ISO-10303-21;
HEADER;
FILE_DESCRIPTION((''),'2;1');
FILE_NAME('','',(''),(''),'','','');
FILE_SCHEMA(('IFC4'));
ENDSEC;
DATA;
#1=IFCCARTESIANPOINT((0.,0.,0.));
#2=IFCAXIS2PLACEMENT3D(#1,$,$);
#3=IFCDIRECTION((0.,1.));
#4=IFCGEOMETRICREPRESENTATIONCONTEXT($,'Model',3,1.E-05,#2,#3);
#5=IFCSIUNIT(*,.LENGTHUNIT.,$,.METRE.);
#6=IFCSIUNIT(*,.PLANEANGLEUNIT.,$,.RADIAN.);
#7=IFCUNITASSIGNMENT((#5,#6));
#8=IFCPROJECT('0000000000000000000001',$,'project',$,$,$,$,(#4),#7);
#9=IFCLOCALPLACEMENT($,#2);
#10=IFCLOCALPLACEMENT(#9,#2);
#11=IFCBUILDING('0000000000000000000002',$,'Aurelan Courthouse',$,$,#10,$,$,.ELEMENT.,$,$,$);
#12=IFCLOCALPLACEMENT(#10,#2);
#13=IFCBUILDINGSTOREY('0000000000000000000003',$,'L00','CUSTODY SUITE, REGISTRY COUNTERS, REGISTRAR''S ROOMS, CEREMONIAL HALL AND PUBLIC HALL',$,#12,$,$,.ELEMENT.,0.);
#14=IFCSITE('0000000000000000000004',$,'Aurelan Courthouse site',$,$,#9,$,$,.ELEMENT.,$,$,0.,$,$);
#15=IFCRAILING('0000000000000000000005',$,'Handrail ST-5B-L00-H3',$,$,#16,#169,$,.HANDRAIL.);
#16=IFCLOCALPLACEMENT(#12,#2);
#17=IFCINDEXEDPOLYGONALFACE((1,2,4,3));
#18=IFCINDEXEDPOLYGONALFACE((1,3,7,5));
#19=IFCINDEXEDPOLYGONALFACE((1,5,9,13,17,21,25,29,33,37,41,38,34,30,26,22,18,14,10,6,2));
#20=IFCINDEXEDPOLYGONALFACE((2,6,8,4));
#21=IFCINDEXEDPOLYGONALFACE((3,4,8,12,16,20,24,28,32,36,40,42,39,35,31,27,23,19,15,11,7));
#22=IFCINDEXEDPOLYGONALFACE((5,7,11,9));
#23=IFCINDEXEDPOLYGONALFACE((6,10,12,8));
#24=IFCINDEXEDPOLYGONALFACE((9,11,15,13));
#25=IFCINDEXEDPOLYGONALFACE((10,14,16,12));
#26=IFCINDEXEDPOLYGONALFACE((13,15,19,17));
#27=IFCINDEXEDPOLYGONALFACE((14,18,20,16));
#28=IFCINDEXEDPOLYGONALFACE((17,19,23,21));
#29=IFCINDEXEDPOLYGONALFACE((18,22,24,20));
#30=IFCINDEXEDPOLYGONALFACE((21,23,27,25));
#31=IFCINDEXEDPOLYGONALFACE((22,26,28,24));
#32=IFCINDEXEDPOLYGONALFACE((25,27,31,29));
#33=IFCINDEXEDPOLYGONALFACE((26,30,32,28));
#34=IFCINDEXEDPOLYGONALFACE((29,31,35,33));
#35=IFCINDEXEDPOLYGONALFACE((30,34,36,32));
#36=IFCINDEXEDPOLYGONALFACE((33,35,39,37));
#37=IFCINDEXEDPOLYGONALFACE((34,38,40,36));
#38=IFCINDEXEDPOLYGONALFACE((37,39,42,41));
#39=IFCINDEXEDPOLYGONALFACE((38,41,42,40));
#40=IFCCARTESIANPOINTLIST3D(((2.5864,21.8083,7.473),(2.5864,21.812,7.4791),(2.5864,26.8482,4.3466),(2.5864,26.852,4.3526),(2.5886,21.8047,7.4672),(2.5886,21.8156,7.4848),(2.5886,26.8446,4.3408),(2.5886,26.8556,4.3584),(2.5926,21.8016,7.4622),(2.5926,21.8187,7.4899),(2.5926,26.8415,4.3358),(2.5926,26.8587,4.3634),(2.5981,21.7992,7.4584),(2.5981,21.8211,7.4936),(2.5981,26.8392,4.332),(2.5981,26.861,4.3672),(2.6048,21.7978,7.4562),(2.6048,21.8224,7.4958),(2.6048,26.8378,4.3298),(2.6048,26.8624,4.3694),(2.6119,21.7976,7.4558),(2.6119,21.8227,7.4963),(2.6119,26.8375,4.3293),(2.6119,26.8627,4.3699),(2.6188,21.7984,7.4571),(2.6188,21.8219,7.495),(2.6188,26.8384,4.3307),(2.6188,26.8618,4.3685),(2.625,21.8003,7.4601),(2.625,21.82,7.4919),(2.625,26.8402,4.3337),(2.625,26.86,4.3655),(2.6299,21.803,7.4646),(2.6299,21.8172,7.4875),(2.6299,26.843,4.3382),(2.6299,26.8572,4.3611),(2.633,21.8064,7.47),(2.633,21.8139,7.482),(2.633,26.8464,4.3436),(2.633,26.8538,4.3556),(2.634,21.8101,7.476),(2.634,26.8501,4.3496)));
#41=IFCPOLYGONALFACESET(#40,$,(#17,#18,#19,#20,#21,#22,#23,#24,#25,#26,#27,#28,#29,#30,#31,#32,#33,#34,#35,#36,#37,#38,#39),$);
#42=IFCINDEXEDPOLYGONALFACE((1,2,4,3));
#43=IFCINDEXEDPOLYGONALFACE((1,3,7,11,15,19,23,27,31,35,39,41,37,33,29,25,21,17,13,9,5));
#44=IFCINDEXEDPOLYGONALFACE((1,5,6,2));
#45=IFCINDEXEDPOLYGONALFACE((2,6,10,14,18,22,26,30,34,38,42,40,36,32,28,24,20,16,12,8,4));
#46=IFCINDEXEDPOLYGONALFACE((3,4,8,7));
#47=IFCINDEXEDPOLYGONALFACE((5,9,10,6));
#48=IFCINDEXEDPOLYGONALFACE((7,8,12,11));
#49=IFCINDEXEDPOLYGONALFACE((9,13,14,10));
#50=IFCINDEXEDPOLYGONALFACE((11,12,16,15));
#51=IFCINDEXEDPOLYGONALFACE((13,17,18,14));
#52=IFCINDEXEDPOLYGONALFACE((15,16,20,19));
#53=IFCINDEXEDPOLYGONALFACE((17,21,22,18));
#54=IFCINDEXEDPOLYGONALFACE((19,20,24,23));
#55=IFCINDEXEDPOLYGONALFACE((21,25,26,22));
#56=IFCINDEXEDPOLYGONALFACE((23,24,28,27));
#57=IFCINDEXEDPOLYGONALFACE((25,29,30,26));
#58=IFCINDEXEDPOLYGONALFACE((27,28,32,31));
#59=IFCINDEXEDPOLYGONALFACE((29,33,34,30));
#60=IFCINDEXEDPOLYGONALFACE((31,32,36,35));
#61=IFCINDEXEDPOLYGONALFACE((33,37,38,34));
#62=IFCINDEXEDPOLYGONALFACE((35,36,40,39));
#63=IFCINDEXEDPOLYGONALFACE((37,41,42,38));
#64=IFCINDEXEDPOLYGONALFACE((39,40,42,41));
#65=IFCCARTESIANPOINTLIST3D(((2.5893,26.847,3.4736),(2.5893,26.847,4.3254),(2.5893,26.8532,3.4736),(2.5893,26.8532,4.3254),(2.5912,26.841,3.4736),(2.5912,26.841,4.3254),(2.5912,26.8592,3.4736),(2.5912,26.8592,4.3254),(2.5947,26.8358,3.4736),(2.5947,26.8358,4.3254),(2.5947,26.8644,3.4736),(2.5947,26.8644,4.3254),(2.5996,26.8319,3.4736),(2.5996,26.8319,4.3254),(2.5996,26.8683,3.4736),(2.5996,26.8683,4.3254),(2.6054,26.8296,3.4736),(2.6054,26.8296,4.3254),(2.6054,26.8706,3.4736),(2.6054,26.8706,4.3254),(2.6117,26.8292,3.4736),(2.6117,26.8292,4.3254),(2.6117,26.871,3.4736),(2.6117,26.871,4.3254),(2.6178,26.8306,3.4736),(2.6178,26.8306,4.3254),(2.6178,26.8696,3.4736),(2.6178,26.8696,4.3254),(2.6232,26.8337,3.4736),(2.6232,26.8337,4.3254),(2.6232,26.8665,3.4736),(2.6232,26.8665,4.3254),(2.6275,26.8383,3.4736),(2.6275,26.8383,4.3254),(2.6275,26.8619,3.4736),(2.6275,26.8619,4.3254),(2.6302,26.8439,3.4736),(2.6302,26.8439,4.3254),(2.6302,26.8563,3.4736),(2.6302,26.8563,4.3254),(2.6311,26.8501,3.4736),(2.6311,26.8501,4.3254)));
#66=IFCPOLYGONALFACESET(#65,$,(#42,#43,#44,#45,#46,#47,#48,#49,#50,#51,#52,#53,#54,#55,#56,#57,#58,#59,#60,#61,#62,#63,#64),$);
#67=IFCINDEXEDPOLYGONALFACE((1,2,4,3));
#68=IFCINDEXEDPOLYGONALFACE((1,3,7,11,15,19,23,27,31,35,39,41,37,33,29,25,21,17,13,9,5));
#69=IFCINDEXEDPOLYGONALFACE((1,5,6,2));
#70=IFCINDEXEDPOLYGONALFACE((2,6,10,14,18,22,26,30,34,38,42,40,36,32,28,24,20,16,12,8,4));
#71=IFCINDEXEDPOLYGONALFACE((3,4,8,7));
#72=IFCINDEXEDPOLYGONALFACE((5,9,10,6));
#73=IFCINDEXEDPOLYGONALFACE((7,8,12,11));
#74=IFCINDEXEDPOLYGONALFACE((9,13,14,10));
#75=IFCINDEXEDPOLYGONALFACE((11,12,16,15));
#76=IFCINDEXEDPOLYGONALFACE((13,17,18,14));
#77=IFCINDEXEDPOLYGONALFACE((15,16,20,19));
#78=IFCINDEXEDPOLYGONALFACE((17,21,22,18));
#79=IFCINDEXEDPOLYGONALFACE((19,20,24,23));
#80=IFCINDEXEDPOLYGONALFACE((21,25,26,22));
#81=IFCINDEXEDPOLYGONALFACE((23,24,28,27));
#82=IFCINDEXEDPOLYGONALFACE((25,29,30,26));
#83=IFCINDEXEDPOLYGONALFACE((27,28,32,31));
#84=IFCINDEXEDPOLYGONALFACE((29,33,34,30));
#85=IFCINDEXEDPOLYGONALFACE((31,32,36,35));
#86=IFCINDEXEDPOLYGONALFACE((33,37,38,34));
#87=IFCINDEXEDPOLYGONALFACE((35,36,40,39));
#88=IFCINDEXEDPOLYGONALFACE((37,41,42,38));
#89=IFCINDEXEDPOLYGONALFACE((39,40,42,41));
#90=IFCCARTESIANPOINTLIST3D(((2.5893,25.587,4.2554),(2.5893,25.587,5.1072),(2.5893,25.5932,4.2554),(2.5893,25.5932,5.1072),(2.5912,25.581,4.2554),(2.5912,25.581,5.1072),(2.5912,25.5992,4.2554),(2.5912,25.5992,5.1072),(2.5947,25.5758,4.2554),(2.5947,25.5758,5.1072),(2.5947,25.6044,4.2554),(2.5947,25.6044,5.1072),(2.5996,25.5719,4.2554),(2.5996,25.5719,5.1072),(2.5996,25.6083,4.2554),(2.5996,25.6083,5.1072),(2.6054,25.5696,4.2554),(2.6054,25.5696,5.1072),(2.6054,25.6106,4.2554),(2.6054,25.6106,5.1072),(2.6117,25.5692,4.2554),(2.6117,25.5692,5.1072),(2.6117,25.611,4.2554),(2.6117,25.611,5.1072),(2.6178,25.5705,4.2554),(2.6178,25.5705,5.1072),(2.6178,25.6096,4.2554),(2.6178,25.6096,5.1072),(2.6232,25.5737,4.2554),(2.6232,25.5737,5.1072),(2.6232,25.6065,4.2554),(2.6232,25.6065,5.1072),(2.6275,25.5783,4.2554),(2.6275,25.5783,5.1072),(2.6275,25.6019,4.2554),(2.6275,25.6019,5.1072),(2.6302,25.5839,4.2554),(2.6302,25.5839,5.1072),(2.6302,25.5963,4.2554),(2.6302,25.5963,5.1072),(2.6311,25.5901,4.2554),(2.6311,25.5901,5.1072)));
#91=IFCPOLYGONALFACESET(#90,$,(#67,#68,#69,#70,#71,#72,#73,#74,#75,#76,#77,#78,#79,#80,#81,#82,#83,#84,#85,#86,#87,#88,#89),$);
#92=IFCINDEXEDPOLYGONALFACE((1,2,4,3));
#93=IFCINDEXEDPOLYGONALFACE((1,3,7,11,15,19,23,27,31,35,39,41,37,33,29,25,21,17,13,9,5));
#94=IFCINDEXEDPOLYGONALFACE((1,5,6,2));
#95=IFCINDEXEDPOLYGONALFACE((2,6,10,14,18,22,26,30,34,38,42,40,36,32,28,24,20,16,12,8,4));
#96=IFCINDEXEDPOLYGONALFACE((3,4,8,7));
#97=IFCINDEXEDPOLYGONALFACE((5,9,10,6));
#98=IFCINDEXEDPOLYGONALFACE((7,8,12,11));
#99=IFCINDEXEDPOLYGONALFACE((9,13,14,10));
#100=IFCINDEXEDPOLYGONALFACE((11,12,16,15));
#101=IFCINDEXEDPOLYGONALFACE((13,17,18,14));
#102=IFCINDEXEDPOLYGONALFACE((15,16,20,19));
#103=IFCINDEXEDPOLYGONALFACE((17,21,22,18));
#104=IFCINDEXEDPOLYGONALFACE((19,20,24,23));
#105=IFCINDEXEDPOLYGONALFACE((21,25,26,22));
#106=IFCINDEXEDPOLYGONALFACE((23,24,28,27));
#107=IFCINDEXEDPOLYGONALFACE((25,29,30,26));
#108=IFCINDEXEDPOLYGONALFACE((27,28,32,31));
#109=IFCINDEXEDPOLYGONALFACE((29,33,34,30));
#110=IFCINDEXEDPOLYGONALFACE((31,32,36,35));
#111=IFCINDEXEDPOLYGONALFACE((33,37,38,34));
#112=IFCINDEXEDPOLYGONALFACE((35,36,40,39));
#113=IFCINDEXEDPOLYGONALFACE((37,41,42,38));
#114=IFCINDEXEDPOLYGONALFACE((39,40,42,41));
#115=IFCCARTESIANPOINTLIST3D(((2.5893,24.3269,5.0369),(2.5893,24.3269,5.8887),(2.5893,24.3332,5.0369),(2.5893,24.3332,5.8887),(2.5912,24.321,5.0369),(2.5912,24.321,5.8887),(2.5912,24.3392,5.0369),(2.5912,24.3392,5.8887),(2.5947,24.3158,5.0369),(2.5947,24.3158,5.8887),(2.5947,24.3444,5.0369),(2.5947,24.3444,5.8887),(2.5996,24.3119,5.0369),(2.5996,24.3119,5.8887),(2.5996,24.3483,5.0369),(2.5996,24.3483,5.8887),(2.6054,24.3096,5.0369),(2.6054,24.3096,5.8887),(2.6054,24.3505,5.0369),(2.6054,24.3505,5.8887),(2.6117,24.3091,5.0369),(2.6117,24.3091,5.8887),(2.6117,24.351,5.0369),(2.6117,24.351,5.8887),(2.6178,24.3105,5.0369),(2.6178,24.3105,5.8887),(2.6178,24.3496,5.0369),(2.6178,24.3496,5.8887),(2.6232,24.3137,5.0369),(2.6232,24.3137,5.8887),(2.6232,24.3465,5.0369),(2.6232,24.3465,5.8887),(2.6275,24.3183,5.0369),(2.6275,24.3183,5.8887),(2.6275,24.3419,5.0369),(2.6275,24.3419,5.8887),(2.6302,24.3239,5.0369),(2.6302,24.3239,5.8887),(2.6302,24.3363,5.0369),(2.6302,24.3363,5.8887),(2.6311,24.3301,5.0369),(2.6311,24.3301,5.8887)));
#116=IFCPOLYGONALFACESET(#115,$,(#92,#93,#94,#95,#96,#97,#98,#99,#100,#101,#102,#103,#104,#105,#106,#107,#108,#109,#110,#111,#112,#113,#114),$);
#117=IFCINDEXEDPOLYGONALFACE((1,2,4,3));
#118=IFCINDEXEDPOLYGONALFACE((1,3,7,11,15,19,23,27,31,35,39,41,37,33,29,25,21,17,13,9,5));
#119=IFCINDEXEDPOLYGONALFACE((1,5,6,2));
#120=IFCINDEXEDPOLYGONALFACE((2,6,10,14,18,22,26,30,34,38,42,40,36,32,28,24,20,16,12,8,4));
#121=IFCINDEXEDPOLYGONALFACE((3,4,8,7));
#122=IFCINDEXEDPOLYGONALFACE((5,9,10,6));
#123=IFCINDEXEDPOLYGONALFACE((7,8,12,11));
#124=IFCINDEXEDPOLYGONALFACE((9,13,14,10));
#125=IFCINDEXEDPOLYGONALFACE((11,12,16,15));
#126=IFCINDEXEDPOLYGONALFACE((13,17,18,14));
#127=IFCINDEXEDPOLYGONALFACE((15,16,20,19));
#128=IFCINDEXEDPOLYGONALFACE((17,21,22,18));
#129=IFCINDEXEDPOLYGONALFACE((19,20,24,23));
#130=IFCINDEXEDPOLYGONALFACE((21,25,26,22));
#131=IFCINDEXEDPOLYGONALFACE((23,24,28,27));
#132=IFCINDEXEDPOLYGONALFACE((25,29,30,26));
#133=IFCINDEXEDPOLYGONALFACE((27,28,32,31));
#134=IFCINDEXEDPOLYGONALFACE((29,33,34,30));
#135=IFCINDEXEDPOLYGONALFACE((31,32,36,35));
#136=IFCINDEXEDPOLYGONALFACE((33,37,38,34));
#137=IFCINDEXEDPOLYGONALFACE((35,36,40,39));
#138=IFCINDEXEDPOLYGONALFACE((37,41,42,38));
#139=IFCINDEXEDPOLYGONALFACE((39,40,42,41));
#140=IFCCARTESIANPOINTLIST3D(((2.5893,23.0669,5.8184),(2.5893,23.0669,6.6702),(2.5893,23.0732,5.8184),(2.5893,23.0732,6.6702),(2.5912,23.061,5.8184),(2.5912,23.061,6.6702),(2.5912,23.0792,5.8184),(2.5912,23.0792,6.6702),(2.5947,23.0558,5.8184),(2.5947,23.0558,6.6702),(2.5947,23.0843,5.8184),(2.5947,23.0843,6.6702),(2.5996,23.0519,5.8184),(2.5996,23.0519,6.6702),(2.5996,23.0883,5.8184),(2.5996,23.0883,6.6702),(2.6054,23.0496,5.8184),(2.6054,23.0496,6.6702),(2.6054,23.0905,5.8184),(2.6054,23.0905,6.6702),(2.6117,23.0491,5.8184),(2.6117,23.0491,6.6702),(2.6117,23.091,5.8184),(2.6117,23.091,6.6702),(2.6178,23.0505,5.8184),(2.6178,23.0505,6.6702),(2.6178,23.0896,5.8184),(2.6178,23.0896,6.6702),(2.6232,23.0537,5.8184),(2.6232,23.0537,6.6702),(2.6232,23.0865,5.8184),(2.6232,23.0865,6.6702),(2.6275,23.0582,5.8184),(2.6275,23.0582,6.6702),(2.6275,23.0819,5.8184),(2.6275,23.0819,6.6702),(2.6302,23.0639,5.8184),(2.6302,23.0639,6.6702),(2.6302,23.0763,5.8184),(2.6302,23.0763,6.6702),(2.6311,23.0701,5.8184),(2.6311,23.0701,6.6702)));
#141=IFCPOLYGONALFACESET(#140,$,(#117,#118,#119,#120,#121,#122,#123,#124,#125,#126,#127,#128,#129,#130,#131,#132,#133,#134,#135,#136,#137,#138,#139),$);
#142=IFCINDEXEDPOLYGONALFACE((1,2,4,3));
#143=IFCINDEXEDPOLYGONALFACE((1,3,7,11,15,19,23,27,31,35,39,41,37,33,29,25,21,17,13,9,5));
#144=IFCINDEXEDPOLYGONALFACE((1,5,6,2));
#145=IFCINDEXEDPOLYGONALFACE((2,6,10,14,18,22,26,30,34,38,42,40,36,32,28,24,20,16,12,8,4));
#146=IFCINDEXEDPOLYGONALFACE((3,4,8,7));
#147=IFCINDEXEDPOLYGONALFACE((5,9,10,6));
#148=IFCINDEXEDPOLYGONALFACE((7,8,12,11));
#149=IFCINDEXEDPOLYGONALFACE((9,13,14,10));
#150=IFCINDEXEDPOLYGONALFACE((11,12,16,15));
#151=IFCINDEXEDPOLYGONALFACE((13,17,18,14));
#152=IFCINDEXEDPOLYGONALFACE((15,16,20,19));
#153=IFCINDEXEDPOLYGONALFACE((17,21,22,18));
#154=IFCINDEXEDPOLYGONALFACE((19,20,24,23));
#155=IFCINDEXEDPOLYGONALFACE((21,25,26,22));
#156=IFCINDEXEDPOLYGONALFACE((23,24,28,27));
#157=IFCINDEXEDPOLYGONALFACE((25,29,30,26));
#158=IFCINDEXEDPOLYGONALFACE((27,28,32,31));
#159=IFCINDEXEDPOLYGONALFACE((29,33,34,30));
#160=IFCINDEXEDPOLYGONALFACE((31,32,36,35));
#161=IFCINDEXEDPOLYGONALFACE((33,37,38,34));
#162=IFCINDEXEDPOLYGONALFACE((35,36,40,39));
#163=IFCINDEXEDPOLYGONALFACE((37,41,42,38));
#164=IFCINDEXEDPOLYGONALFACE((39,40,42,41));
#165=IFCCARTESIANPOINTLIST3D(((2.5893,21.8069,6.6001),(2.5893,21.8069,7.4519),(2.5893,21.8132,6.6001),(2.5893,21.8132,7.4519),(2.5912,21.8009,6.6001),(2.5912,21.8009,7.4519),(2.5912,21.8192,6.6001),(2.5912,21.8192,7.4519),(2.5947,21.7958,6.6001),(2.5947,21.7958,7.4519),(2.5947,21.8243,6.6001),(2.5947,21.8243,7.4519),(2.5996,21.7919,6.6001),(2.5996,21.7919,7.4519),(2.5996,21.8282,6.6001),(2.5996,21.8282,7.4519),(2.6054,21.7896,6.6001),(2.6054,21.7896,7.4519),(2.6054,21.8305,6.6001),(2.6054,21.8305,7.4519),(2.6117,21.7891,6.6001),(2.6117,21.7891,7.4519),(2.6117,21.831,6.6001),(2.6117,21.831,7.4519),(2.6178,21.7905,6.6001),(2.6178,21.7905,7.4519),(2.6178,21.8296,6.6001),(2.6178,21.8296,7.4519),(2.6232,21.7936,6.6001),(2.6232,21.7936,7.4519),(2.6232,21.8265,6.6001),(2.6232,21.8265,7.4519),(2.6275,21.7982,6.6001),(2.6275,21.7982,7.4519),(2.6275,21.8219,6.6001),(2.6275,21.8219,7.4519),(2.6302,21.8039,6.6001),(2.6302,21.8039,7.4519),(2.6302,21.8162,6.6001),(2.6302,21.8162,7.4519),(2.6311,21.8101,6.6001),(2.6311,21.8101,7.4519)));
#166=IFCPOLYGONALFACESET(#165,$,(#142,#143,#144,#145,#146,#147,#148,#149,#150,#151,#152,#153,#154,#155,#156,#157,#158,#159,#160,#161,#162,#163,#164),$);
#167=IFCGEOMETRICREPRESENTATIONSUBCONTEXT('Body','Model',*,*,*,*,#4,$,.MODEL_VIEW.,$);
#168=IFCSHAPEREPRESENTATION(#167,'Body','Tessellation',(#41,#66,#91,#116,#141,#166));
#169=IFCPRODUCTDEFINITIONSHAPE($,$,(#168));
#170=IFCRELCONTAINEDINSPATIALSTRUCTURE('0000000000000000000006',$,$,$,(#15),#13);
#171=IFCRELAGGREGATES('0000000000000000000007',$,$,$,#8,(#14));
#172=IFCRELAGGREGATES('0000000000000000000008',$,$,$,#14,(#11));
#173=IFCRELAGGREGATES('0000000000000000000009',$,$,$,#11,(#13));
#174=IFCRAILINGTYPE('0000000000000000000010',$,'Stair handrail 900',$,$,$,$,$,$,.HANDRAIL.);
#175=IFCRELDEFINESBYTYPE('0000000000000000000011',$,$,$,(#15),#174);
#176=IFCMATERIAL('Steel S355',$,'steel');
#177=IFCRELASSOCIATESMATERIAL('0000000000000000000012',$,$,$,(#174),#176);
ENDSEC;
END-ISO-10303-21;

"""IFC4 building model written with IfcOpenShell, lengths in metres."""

from ifc_helpers import new_model, si_unit, direction, frame, origin, origin_2d, place, context, subcontext, project, spatial, circle, extrude, material, type_object, element, save


model = new_model("IFC4")

# Units and contexts
model_context = context("Model", 3, precision=1e-05, world=origin(), true_north=direction((0.0, 1.0)))
body_context = subcontext(model_context, "Body", "Model", "MODEL_VIEW")
ifc_project = project(units=[si_unit("LENGTHUNIT", "METRE"), si_unit("PLANEANGLEUNIT", "RADIAN")], contexts=[model_context])

# Site, building, storey
site_placement = place(None, origin())
site = spatial("IfcSite", under=ifc_project, at=site_placement, Name="Aurelan Courthouse site", CompositionType="ELEMENT", RefElevation=0.0)
building_placement = place(site_placement, origin())
building = spatial("IfcBuilding", under=site, at=building_placement, Name="Aurelan Courthouse", CompositionType="ELEMENT")
storey_placement = place(building_placement, origin())
storey = spatial("IfcBuildingStorey", under=building, at=storey_placement, Name="L00", Description="CUSTODY SUITE, REGISTRY COUNTERS, REGISTRAR'S ROOMS, CEREMONIAL HALL AND PUBLIC HALL", CompositionType="ELEMENT", Elevation=0.0)

# Railing
ifc_material_1 = material(Name="Steel S355", Category="steel")
railing_type_1 = type_object("IfcRailingType", Name="Stair handrail 900", PredefinedType="HANDRAIL", material=ifc_material_1)
for number, where, name in (
    (1, (2.6101, 26.8501, 3.4736), "Handrail ST-5B-L00-H3"),
):
    element("IfcRailing", number, at=place(storey_placement, frame(where)), inside=storey, type_object=railing_type_1, Name=name, PredefinedType="HANDRAIL", context=body_context, shape_type="SweptSolid", body=[
        extrude(circle(Radius=0.0239, at=origin_2d()), frame((0.0, 0.0, 0.876), z_axis=(0.0, -0.849779, 0.527139), x_axis=(1.0, 0.0, 0.0)), (0.0, 0.0, 1.0), 5.9309),
        extrude(circle(Radius=0.021, at=origin_2d()), origin(), (0.0, 0.0, 1.0), 0.8518),
        extrude(circle(Radius=0.021, at=origin_2d()), frame((0.0, -1.26, 0.7817)), (0.0, 0.0, 1.0), 0.8518),
        extrude(circle(Radius=0.021, at=origin_2d()), frame((0.0, -2.52, 1.5632)), (0.0, 0.0, 1.0), 0.8518),
        extrude(circle(Radius=0.021, at=origin_2d()), frame((0.0, -3.78, 2.3447)), (0.0, 0.0, 1.0), 0.8518),
        extrude(circle(Radius=0.021, at=origin_2d()), frame((0.0, -5.04, 3.1265)), (0.0, 0.0, 1.0), 0.8518),
    ])

save(model, "model.ifc")
